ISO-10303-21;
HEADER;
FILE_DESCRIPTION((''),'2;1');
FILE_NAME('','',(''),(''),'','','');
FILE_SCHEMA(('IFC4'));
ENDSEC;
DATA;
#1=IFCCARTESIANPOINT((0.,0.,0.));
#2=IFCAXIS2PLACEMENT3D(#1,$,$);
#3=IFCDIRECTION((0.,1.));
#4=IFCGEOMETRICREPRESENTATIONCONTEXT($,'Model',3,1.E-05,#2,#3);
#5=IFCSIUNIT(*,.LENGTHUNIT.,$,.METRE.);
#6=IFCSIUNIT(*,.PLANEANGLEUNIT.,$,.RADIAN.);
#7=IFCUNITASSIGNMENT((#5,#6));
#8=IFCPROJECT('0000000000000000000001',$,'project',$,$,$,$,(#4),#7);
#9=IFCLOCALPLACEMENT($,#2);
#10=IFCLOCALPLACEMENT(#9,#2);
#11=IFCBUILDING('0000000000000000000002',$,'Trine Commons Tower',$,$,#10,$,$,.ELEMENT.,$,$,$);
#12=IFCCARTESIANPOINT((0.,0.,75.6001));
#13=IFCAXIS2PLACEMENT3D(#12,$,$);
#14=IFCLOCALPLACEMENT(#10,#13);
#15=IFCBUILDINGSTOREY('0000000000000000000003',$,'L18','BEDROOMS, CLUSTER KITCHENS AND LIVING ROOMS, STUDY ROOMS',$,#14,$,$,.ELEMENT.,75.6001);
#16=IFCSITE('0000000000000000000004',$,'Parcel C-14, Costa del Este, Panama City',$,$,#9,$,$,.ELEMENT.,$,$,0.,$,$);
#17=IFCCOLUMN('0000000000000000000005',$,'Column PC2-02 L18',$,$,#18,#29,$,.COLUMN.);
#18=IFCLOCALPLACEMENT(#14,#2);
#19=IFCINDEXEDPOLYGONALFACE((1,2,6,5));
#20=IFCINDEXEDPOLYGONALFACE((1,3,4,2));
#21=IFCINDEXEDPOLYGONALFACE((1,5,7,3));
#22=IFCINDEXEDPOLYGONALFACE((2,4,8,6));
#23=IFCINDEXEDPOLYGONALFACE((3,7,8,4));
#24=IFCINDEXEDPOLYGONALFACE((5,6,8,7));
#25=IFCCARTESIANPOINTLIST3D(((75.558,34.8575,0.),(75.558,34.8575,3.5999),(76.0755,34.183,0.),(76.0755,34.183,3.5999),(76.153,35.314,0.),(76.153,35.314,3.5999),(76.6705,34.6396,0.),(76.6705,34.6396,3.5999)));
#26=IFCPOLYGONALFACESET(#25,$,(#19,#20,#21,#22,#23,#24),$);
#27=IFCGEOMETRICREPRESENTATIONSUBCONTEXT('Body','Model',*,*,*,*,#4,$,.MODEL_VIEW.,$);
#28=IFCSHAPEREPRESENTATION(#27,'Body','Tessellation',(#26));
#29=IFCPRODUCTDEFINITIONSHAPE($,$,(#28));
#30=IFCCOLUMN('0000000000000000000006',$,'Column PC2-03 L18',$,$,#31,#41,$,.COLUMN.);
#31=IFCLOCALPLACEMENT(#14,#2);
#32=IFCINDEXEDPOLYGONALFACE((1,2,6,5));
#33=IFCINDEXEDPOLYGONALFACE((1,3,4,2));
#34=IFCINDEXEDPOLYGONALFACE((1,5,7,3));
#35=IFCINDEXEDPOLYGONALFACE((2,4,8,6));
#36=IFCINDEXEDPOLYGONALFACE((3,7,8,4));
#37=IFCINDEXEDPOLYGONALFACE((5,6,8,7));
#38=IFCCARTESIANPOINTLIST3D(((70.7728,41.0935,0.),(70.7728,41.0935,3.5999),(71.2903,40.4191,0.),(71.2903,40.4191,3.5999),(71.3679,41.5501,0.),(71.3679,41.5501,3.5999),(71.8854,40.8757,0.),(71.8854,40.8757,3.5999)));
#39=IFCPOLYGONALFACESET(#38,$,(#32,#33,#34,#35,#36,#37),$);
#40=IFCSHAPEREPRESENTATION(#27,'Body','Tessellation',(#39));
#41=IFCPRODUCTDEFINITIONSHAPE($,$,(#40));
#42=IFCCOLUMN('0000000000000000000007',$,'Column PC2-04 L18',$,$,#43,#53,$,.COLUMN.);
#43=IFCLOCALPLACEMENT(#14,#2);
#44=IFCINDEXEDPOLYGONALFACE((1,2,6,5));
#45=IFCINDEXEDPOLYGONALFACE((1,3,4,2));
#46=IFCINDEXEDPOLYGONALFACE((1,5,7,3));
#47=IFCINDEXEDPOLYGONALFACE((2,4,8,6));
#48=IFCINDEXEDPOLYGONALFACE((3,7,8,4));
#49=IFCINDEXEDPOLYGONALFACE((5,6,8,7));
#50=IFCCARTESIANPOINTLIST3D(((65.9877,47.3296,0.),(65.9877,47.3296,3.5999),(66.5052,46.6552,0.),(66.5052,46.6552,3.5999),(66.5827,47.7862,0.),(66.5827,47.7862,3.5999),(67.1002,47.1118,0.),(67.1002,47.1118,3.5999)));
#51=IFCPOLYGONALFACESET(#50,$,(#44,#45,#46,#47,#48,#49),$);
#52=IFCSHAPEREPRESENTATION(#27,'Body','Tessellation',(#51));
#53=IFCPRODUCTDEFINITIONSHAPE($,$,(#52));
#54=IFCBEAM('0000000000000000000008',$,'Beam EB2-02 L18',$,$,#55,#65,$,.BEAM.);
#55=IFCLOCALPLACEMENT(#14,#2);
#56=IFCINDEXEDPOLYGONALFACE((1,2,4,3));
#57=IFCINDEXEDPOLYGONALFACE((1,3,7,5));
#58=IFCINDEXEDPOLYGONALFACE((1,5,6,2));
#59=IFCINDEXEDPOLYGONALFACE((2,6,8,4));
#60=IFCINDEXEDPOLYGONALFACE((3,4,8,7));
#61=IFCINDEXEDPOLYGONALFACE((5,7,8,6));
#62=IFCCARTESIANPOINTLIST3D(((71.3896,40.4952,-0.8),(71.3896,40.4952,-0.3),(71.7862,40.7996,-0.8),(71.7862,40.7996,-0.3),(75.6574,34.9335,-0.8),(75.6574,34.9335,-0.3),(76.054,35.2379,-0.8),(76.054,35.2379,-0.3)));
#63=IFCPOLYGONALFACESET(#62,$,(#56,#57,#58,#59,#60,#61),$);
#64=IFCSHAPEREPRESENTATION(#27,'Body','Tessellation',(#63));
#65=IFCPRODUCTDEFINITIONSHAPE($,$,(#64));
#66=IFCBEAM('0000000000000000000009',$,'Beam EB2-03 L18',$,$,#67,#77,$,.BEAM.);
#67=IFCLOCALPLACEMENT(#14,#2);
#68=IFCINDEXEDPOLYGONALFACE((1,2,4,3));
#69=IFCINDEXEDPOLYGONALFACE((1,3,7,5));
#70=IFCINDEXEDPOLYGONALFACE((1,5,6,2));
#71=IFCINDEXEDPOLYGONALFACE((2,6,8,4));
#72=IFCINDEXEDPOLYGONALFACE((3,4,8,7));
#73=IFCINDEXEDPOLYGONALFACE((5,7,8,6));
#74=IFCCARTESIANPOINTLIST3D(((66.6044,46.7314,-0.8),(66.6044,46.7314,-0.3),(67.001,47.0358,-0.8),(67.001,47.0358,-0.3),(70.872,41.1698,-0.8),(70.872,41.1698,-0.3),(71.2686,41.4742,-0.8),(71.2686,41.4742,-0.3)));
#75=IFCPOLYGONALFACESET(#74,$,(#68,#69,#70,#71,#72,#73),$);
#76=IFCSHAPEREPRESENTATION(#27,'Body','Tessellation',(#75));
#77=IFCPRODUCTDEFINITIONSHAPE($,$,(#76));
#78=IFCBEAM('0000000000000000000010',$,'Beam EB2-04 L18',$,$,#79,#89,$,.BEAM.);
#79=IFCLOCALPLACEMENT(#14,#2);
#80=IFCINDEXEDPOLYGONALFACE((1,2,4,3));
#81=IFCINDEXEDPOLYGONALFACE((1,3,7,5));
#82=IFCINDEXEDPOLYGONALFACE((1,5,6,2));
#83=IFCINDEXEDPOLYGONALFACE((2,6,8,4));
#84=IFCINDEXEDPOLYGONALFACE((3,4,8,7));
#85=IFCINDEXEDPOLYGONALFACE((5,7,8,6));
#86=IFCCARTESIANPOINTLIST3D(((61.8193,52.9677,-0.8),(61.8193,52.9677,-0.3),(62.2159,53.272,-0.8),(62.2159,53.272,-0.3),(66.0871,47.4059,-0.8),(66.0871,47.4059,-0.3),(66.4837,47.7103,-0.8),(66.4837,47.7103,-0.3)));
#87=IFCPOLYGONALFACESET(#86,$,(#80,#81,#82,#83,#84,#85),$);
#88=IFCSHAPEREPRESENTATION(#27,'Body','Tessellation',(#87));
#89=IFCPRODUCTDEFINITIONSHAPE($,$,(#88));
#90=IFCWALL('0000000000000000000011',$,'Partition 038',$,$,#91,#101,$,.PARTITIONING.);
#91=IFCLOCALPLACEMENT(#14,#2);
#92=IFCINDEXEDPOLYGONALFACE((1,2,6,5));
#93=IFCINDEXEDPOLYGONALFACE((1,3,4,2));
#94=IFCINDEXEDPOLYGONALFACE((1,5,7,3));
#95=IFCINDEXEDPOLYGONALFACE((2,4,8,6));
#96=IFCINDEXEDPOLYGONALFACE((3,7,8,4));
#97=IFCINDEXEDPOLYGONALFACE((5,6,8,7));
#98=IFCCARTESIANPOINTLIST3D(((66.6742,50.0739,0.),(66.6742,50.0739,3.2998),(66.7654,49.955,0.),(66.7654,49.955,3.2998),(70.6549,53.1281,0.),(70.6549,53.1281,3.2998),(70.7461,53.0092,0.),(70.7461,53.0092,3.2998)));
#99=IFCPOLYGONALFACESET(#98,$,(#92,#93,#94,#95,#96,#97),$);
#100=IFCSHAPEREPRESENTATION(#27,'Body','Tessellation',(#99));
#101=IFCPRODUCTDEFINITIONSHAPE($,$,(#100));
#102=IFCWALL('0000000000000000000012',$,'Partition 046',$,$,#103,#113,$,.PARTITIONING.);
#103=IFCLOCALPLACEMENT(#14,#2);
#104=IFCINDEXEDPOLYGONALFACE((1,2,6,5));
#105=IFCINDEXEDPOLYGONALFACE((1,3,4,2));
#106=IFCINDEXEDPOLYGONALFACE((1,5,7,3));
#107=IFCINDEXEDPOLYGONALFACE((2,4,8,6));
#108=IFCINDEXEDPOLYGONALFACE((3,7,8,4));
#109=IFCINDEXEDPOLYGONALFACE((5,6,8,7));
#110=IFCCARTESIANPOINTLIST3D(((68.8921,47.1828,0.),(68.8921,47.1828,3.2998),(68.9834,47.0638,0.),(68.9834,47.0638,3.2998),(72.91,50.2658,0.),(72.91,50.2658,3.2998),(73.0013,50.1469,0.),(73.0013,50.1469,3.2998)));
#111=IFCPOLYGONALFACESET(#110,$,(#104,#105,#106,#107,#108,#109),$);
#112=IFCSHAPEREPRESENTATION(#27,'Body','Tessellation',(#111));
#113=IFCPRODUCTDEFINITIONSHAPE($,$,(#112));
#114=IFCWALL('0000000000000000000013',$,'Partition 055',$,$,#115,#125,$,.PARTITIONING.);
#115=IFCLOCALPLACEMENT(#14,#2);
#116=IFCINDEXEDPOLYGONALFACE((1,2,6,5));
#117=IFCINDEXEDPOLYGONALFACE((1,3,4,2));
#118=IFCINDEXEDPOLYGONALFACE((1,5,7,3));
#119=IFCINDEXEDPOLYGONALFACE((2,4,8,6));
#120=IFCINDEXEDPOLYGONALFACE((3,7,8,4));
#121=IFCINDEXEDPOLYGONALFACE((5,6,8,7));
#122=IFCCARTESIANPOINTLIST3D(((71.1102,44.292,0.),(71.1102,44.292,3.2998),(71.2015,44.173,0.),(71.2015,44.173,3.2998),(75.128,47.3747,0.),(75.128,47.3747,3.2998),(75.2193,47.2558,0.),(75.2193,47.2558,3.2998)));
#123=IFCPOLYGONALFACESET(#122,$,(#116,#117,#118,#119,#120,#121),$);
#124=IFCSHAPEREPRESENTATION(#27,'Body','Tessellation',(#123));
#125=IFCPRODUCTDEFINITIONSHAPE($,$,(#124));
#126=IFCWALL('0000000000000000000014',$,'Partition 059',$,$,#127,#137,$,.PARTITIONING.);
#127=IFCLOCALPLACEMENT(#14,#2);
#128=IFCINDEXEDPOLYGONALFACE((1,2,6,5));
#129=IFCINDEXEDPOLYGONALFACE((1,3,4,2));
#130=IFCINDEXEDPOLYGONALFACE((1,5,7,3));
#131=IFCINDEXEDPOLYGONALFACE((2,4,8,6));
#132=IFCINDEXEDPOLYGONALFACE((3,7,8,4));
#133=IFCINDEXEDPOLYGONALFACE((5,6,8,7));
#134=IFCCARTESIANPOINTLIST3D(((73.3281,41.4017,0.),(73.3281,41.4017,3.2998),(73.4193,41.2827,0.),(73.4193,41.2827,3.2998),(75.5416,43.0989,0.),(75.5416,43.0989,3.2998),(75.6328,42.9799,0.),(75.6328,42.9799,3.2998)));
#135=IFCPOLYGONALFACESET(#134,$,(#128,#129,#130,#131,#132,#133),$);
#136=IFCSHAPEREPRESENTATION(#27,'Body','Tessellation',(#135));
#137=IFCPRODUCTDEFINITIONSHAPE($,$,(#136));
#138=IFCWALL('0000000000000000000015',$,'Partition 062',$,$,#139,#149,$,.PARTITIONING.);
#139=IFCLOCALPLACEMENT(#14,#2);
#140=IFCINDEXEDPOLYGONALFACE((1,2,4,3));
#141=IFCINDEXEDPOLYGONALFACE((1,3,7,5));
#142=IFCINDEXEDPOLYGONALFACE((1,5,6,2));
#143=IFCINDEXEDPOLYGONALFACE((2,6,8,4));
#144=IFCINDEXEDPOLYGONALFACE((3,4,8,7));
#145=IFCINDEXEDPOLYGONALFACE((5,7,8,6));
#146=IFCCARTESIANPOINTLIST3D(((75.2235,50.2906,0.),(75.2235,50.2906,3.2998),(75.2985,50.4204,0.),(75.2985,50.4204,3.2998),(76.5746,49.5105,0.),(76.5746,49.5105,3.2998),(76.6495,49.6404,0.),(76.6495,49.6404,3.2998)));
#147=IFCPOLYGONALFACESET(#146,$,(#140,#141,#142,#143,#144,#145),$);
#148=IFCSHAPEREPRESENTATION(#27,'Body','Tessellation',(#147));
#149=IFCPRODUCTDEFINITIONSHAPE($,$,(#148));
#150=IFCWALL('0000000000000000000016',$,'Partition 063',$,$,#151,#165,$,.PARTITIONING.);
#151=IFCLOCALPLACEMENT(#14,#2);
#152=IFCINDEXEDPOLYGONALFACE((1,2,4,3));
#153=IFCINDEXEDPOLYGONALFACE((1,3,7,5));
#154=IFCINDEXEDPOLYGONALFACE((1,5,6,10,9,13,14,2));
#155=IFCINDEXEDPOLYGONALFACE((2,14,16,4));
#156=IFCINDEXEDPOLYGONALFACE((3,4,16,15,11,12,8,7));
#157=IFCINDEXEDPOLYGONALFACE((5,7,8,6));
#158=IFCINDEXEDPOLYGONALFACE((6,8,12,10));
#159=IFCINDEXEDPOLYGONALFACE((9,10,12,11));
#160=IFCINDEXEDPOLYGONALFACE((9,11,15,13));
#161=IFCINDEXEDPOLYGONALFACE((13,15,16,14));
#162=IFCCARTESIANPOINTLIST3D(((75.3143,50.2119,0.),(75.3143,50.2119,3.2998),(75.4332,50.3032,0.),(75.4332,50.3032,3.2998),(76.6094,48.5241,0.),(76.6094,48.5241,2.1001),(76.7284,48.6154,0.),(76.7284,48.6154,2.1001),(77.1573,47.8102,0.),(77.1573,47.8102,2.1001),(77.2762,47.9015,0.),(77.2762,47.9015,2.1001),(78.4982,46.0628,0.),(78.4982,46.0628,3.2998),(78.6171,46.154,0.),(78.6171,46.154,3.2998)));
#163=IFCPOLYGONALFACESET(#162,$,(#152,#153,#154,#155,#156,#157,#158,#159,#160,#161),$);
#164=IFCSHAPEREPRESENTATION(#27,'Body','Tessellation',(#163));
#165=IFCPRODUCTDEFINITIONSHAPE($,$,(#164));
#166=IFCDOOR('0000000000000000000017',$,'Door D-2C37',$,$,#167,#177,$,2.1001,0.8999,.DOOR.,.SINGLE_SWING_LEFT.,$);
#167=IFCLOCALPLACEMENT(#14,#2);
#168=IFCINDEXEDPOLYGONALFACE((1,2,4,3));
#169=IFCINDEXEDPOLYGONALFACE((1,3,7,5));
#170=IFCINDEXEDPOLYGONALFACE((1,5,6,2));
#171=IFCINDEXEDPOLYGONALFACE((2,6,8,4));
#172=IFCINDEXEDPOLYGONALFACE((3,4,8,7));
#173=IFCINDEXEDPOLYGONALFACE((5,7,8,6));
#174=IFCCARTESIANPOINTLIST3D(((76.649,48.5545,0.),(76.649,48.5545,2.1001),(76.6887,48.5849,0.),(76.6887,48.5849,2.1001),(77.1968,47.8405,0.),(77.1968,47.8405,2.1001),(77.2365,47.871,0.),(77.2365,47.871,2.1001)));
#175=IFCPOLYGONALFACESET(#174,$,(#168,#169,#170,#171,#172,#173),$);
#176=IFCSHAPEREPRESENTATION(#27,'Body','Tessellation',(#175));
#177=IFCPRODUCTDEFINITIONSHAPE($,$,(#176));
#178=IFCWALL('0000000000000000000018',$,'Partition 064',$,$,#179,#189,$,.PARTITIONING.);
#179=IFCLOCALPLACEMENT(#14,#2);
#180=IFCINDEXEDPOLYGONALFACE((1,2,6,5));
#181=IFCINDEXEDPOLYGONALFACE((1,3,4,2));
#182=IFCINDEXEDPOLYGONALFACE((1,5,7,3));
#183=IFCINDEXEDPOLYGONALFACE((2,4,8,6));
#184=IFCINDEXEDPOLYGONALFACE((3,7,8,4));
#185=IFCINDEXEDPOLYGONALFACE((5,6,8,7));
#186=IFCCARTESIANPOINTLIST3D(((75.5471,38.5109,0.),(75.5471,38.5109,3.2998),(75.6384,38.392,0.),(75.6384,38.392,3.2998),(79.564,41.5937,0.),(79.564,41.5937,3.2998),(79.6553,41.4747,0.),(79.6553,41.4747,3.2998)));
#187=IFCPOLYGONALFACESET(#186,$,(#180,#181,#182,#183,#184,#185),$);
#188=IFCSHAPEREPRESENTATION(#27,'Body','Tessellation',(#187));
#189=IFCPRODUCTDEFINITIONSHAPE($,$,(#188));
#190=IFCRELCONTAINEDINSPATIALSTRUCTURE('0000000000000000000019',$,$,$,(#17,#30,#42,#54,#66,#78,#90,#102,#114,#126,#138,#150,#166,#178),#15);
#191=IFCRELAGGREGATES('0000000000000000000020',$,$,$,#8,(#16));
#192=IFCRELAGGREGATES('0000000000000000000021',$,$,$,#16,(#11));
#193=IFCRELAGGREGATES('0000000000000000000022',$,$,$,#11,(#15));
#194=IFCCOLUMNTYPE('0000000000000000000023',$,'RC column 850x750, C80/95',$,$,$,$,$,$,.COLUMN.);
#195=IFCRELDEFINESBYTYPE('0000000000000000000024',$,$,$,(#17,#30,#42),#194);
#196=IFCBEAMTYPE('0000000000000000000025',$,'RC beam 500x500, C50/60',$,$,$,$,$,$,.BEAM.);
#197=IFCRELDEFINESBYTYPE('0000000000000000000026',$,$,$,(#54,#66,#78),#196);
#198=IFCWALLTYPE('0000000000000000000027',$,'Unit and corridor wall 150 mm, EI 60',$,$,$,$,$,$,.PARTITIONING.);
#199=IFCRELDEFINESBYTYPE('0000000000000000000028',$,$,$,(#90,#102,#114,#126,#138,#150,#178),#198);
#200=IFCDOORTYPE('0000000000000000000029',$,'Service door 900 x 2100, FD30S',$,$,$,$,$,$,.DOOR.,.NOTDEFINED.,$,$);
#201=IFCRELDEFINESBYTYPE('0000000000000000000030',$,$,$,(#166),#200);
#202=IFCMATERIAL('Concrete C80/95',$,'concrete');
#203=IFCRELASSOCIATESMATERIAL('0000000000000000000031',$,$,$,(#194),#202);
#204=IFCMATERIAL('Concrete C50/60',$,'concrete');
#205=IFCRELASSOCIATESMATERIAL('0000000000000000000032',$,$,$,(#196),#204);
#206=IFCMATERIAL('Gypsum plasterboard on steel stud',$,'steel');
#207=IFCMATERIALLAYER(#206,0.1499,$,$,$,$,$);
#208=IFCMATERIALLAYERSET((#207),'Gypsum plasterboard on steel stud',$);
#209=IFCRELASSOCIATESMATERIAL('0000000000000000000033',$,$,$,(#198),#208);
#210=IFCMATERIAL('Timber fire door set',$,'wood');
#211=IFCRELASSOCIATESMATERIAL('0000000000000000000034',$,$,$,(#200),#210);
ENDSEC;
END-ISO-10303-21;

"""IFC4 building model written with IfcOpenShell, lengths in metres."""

from ifc_helpers import new_model, si_unit, direction, frame, frame_2d, origin, origin_2d, place, context, subcontext, project, spatial, rectangle, extrude, material, layer, layer_set, material_profile, profile_set, type_object, element, fill, save


model = new_model("IFC4")

# Units and contexts
model_context = context("Model", 3, precision=1e-05, world=origin(), true_north=direction((0.0, 1.0)))
body_context = subcontext(model_context, "Body", "Model", "MODEL_VIEW")
ifc_project = project(units=[si_unit("LENGTHUNIT", "METRE"), si_unit("PLANEANGLEUNIT", "RADIAN")], contexts=[model_context])

# Site, building, storey
site_placement = place(None, origin())
site = spatial("IfcSite", under=ifc_project, at=site_placement, Name="Parcel C-14, Costa del Este, Panama City", CompositionType="ELEMENT", RefElevation=0.0)
building_placement = place(site_placement, origin())
building = spatial("IfcBuilding", under=site, at=building_placement, Name="Trine Commons Tower", CompositionType="ELEMENT")
storey_placement = place(building_placement, frame((0.0, 0.0, 75.6001)))
storey = spatial("IfcBuildingStorey", under=building, at=storey_placement, Name="L18", Description="BEDROOMS, CLUSTER KITCHENS AND LIVING ROOMS, STUDY ROOMS", CompositionType="ELEMENT", Elevation=75.6001)

# Columns
ifc_material_1 = material(Name="Concrete C80/95", Category="concrete")
ifc_material_profile_1 = material_profile(ifc_material_1, rectangle(XDim=0.8501, YDim=0.75, at=origin_2d()), Name="RC 850x750")
ifc_profile_set_1 = profile_set([ifc_material_profile_1], Name="Concrete C80/95")
column_type = type_object("IfcColumnType", Name="RC column 850x750, C80/95", PredefinedType="COLUMN", material=ifc_profile_set_1)
for number, where, z_axis, x_axis, name in (
    (1, (76.1143, 34.7485, 0.0), (0.0, 0.0, 1.0), (-0.608761, 0.793353, 0.0), "Column PC2-02 L18"),
    (2, (71.3291, 40.9846, 0.0), (0.0, 0.0, 1.0), (-0.608761, 0.793353, 0.0), "Column PC2-03 L18"),
    (3, (66.5439, 47.2207, 0.0), (0.0, 0.0, 1.0), (-0.608761, 0.793353, 0.0), "Column PC2-04 L18"),
):
    element("IfcColumn", number, at=place(storey_placement, frame(where, z_axis=z_axis, x_axis=x_axis)), inside=storey, type_object=column_type, Name=name, PredefinedType="COLUMN", context=body_context, shape_type="SweptSolid", body=[
        extrude(rectangle(XDim=0.8501, YDim=0.75, at=origin_2d()), origin(), (0.0, 0.0, 1.0), 3.5999),
    ])

# Beams
ifc_material_2 = material(Name="Concrete C50/60", Category="concrete")
ifc_material_profile_2 = material_profile(ifc_material_2, rectangle(XDim=0.5, YDim=0.5, at=origin_2d()), Name="RC 500x500")
ifc_profile_set_2 = profile_set([ifc_material_profile_2], Name="Concrete C50/60")
beam_type = type_object("IfcBeamType", Name="RC beam 500x500, C50/60", PredefinedType="BEAM", material=ifc_profile_set_2)
beam_1_placement = place(storey_placement, frame((75.8557, 35.0857, -0.55), z_axis=(-0.608773, 0.793345, 0.0), x_axis=(-0.793345, -0.608773, 0.0)))
element("IfcBeam", 4, at=beam_1_placement, inside=storey, type_object=beam_type, Name="Beam EB2-02 L18", PredefinedType="BEAM", context=body_context, shape_type="SweptSolid", body=[
    extrude(rectangle(XDim=0.5, YDim=0.5, at=origin_2d()), origin(), (0.0, 0.0, 1.0), 7.0105),
])
beam_2_placement = place(storey_placement, frame((71.0703, 41.322, -0.55), z_axis=(-0.608768, 0.793348, 0.0), x_axis=(-0.793348, -0.608768, 0.0)))
element("IfcBeam", 5, at=beam_2_placement, inside=storey, type_object=beam_type, Name="Beam EB2-03 L18", PredefinedType="BEAM", context=body_context, shape_type="SweptSolid", body=[
    extrude(rectangle(XDim=0.5, YDim=0.5, at=origin_2d()), origin(), (0.0, 0.0, 1.0), 7.0103),
])
beam_3_placement = place(storey_placement, frame((66.2854, 47.5581, -0.55), z_axis=(-0.608773, 0.793345, 0.0), x_axis=(-0.793345, -0.608773, 0.0)))
element("IfcBeam", 6, at=beam_3_placement, inside=storey, type_object=beam_type, Name="Beam EB2-04 L18", PredefinedType="BEAM", context=body_context, shape_type="SweptSolid", body=[
    extrude(rectangle(XDim=0.5, YDim=0.5, at=origin_2d()), origin(), (0.0, 0.0, 1.0), 7.0105),
])

# Walls
ifc_material_3 = material(Name="Gypsum plasterboard on steel stud", Category="steel")
ifc_layer_1 = layer(ifc_material_3, 0.1499)
ifc_layer_set_1 = layer_set([ifc_layer_1], Name="Gypsum plasterboard on steel stud")
wall_type_1 = type_object("IfcWallType", Name="Unit and corridor wall 150 mm, EI 60", PredefinedType="PARTITIONING", material=ifc_layer_set_1)
wall_1_placement = place(storey_placement, frame((66.7197, 50.0144, 0.0), z_axis=(0.0, 0.0, 1.0), x_axis=(0.793383, 0.608723, 0.0)))
element("IfcWall", 7, at=wall_1_placement, inside=storey, type_object=wall_type_1, Name="Partition 038", PredefinedType="PARTITIONING", context=body_context, shape_type="SweptSolid", body=[
    extrude(rectangle(XDim=5.0173, YDim=0.1499, at=frame_2d((2.5088, 0.0))), origin(), (0.0, 0.0, 1.0), 3.2998),
])
wall_2_placement = place(storey_placement, frame((68.9377, 47.1233, 0.0), z_axis=(0.0, 0.0, 1.0), x_axis=(0.793351, 0.608764, 0.0)))
element("IfcWall", 8, at=wall_2_placement, inside=storey, type_object=wall_type_1, Name="Partition 046", PredefinedType="PARTITIONING", context=body_context, shape_type="SweptSolid", body=[
    extrude(rectangle(XDim=5.0645, YDim=0.1499, at=frame_2d((2.5322, 0.0))), origin(), (0.0, 0.0, 1.0), 3.2998),
])
wall_3_placement = place(storey_placement, frame((71.1558, 44.2324, 0.0), z_axis=(0.0, 0.0, 1.0), x_axis=(0.793374, 0.608734, 0.0)))
element("IfcWall", 9, at=wall_3_placement, inside=storey, type_object=wall_type_1, Name="Partition 055", PredefinedType="PARTITIONING", context=body_context, shape_type="SweptSolid", body=[
    extrude(rectangle(XDim=5.0642, YDim=0.1499, at=frame_2d((2.5322, 0.0))), origin(), (0.0, 0.0, 1.0), 3.2998),
])
wall_4_placement = place(storey_placement, frame((73.3738, 41.3423, 0.0), z_axis=(0.0, 0.0, 1.0), x_axis=(0.79358, 0.608466, 0.0)))
element("IfcWall", 10, at=wall_4_placement, inside=storey, type_object=wall_type_1, Name="Partition 059", PredefinedType="PARTITIONING", context=body_context, shape_type="SweptSolid", body=[
    extrude(rectangle(XDim=2.7893, YDim=0.1499, at=frame_2d((1.3945, 0.0))), origin(), (0.0, 0.0, 1.0), 3.2998),
])
wall_5_placement = place(storey_placement, frame((75.261, 50.3555, 0.0), z_axis=(0.0, 0.0, 1.0), x_axis=(0.866029, -0.499993, 0.0)))
element("IfcWall", 11, at=wall_5_placement, inside=storey, type_object=wall_type_1, Name="Partition 062", PredefinedType="PARTITIONING", context=body_context, shape_type="SweptSolid", body=[
    extrude(rectangle(XDim=1.5601, YDim=0.1499, at=frame_2d((0.78, 0.0))), origin(), (0.0, 0.0, 1.0), 3.2998),
])

# Wall, opening, door
wall_6_placement = place(storey_placement, frame((75.3738, 50.2576, 0.0), z_axis=(0.0, 0.0, 1.0), x_axis=(0.60877, -0.793347, 0.0)))
wall_6 = element("IfcWall", 12, at=wall_6_placement, inside=storey, type_object=wall_type_1, Name="Partition 063", PredefinedType="PARTITIONING", context=body_context, shape_type="SweptSolid", body=[
    extrude(rectangle(XDim=5.23, YDim=0.1499, at=frame_2d((2.615, 0.0))), origin(), (0.0, 0.0, 1.0), 3.2998),
])
opening_1_placement = place(wall_6_placement, frame((2.1274, 0.0, 0.0)))
opening_1 = element("IfcOpeningElement", 13, at=opening_1_placement, cuts=wall_6, PredefinedType="OPENING", context=body_context, shape_type="SweptSolid", body=[
    extrude(rectangle(XDim=0.8999, YDim=2.1001, at=frame_2d((0.45, 1.05))), frame((0.0, 0.085, 0.0), z_axis=(0.0, -1.0, 0.0), x_axis=(1.0, 0.0, 0.0)), (0.0, 0.0, 1.0), 0.1699),
])
ifc_material_4 = material(Name="Timber fire door set", Category="wood")
door_type_1 = type_object("IfcDoorType", Name="Service door 900 x 2100, FD30S", OperationType="NOTDEFINED", PredefinedType="DOOR", material=ifc_material_4)
door_1_placement = place(opening_1_placement, origin())
door_1 = element("IfcDoor", 14, at=door_1_placement, inside=storey, type_object=door_type_1, Name="Door D-2C37", OperationType="SINGLE_SWING_LEFT", OverallHeight=2.1001, OverallWidth=0.8999, PredefinedType="DOOR", context=body_context, shape_type="SweptSolid", body=[
    extrude(rectangle(XDim=0.8999, YDim=2.1001, at=frame_2d((0.45, 1.05))), frame((0.0, 0.0249, 0.0), z_axis=(0.0, -1.0, 0.0), x_axis=(1.0, 0.0, 0.0)), (0.0, 0.0, 1.0), 0.05),
])
fill(opening_1, door_1)

# Wall
wall_7_placement = place(storey_placement, frame((75.5928, 38.4514, 0.0), z_axis=(0.0, 0.0, 1.0), x_axis=(0.793303, 0.608827, 0.0)))
element("IfcWall", 15, at=wall_7_placement, inside=storey, type_object=wall_type_1, Name="Partition 064", PredefinedType="PARTITIONING", context=body_context, shape_type="SweptSolid", body=[
    extrude(rectangle(XDim=5.0635, YDim=0.1499, at=frame_2d((2.5317, 0.0))), origin(), (0.0, 0.0, 1.0), 3.2998),
])

save(model, "model.ifc")
